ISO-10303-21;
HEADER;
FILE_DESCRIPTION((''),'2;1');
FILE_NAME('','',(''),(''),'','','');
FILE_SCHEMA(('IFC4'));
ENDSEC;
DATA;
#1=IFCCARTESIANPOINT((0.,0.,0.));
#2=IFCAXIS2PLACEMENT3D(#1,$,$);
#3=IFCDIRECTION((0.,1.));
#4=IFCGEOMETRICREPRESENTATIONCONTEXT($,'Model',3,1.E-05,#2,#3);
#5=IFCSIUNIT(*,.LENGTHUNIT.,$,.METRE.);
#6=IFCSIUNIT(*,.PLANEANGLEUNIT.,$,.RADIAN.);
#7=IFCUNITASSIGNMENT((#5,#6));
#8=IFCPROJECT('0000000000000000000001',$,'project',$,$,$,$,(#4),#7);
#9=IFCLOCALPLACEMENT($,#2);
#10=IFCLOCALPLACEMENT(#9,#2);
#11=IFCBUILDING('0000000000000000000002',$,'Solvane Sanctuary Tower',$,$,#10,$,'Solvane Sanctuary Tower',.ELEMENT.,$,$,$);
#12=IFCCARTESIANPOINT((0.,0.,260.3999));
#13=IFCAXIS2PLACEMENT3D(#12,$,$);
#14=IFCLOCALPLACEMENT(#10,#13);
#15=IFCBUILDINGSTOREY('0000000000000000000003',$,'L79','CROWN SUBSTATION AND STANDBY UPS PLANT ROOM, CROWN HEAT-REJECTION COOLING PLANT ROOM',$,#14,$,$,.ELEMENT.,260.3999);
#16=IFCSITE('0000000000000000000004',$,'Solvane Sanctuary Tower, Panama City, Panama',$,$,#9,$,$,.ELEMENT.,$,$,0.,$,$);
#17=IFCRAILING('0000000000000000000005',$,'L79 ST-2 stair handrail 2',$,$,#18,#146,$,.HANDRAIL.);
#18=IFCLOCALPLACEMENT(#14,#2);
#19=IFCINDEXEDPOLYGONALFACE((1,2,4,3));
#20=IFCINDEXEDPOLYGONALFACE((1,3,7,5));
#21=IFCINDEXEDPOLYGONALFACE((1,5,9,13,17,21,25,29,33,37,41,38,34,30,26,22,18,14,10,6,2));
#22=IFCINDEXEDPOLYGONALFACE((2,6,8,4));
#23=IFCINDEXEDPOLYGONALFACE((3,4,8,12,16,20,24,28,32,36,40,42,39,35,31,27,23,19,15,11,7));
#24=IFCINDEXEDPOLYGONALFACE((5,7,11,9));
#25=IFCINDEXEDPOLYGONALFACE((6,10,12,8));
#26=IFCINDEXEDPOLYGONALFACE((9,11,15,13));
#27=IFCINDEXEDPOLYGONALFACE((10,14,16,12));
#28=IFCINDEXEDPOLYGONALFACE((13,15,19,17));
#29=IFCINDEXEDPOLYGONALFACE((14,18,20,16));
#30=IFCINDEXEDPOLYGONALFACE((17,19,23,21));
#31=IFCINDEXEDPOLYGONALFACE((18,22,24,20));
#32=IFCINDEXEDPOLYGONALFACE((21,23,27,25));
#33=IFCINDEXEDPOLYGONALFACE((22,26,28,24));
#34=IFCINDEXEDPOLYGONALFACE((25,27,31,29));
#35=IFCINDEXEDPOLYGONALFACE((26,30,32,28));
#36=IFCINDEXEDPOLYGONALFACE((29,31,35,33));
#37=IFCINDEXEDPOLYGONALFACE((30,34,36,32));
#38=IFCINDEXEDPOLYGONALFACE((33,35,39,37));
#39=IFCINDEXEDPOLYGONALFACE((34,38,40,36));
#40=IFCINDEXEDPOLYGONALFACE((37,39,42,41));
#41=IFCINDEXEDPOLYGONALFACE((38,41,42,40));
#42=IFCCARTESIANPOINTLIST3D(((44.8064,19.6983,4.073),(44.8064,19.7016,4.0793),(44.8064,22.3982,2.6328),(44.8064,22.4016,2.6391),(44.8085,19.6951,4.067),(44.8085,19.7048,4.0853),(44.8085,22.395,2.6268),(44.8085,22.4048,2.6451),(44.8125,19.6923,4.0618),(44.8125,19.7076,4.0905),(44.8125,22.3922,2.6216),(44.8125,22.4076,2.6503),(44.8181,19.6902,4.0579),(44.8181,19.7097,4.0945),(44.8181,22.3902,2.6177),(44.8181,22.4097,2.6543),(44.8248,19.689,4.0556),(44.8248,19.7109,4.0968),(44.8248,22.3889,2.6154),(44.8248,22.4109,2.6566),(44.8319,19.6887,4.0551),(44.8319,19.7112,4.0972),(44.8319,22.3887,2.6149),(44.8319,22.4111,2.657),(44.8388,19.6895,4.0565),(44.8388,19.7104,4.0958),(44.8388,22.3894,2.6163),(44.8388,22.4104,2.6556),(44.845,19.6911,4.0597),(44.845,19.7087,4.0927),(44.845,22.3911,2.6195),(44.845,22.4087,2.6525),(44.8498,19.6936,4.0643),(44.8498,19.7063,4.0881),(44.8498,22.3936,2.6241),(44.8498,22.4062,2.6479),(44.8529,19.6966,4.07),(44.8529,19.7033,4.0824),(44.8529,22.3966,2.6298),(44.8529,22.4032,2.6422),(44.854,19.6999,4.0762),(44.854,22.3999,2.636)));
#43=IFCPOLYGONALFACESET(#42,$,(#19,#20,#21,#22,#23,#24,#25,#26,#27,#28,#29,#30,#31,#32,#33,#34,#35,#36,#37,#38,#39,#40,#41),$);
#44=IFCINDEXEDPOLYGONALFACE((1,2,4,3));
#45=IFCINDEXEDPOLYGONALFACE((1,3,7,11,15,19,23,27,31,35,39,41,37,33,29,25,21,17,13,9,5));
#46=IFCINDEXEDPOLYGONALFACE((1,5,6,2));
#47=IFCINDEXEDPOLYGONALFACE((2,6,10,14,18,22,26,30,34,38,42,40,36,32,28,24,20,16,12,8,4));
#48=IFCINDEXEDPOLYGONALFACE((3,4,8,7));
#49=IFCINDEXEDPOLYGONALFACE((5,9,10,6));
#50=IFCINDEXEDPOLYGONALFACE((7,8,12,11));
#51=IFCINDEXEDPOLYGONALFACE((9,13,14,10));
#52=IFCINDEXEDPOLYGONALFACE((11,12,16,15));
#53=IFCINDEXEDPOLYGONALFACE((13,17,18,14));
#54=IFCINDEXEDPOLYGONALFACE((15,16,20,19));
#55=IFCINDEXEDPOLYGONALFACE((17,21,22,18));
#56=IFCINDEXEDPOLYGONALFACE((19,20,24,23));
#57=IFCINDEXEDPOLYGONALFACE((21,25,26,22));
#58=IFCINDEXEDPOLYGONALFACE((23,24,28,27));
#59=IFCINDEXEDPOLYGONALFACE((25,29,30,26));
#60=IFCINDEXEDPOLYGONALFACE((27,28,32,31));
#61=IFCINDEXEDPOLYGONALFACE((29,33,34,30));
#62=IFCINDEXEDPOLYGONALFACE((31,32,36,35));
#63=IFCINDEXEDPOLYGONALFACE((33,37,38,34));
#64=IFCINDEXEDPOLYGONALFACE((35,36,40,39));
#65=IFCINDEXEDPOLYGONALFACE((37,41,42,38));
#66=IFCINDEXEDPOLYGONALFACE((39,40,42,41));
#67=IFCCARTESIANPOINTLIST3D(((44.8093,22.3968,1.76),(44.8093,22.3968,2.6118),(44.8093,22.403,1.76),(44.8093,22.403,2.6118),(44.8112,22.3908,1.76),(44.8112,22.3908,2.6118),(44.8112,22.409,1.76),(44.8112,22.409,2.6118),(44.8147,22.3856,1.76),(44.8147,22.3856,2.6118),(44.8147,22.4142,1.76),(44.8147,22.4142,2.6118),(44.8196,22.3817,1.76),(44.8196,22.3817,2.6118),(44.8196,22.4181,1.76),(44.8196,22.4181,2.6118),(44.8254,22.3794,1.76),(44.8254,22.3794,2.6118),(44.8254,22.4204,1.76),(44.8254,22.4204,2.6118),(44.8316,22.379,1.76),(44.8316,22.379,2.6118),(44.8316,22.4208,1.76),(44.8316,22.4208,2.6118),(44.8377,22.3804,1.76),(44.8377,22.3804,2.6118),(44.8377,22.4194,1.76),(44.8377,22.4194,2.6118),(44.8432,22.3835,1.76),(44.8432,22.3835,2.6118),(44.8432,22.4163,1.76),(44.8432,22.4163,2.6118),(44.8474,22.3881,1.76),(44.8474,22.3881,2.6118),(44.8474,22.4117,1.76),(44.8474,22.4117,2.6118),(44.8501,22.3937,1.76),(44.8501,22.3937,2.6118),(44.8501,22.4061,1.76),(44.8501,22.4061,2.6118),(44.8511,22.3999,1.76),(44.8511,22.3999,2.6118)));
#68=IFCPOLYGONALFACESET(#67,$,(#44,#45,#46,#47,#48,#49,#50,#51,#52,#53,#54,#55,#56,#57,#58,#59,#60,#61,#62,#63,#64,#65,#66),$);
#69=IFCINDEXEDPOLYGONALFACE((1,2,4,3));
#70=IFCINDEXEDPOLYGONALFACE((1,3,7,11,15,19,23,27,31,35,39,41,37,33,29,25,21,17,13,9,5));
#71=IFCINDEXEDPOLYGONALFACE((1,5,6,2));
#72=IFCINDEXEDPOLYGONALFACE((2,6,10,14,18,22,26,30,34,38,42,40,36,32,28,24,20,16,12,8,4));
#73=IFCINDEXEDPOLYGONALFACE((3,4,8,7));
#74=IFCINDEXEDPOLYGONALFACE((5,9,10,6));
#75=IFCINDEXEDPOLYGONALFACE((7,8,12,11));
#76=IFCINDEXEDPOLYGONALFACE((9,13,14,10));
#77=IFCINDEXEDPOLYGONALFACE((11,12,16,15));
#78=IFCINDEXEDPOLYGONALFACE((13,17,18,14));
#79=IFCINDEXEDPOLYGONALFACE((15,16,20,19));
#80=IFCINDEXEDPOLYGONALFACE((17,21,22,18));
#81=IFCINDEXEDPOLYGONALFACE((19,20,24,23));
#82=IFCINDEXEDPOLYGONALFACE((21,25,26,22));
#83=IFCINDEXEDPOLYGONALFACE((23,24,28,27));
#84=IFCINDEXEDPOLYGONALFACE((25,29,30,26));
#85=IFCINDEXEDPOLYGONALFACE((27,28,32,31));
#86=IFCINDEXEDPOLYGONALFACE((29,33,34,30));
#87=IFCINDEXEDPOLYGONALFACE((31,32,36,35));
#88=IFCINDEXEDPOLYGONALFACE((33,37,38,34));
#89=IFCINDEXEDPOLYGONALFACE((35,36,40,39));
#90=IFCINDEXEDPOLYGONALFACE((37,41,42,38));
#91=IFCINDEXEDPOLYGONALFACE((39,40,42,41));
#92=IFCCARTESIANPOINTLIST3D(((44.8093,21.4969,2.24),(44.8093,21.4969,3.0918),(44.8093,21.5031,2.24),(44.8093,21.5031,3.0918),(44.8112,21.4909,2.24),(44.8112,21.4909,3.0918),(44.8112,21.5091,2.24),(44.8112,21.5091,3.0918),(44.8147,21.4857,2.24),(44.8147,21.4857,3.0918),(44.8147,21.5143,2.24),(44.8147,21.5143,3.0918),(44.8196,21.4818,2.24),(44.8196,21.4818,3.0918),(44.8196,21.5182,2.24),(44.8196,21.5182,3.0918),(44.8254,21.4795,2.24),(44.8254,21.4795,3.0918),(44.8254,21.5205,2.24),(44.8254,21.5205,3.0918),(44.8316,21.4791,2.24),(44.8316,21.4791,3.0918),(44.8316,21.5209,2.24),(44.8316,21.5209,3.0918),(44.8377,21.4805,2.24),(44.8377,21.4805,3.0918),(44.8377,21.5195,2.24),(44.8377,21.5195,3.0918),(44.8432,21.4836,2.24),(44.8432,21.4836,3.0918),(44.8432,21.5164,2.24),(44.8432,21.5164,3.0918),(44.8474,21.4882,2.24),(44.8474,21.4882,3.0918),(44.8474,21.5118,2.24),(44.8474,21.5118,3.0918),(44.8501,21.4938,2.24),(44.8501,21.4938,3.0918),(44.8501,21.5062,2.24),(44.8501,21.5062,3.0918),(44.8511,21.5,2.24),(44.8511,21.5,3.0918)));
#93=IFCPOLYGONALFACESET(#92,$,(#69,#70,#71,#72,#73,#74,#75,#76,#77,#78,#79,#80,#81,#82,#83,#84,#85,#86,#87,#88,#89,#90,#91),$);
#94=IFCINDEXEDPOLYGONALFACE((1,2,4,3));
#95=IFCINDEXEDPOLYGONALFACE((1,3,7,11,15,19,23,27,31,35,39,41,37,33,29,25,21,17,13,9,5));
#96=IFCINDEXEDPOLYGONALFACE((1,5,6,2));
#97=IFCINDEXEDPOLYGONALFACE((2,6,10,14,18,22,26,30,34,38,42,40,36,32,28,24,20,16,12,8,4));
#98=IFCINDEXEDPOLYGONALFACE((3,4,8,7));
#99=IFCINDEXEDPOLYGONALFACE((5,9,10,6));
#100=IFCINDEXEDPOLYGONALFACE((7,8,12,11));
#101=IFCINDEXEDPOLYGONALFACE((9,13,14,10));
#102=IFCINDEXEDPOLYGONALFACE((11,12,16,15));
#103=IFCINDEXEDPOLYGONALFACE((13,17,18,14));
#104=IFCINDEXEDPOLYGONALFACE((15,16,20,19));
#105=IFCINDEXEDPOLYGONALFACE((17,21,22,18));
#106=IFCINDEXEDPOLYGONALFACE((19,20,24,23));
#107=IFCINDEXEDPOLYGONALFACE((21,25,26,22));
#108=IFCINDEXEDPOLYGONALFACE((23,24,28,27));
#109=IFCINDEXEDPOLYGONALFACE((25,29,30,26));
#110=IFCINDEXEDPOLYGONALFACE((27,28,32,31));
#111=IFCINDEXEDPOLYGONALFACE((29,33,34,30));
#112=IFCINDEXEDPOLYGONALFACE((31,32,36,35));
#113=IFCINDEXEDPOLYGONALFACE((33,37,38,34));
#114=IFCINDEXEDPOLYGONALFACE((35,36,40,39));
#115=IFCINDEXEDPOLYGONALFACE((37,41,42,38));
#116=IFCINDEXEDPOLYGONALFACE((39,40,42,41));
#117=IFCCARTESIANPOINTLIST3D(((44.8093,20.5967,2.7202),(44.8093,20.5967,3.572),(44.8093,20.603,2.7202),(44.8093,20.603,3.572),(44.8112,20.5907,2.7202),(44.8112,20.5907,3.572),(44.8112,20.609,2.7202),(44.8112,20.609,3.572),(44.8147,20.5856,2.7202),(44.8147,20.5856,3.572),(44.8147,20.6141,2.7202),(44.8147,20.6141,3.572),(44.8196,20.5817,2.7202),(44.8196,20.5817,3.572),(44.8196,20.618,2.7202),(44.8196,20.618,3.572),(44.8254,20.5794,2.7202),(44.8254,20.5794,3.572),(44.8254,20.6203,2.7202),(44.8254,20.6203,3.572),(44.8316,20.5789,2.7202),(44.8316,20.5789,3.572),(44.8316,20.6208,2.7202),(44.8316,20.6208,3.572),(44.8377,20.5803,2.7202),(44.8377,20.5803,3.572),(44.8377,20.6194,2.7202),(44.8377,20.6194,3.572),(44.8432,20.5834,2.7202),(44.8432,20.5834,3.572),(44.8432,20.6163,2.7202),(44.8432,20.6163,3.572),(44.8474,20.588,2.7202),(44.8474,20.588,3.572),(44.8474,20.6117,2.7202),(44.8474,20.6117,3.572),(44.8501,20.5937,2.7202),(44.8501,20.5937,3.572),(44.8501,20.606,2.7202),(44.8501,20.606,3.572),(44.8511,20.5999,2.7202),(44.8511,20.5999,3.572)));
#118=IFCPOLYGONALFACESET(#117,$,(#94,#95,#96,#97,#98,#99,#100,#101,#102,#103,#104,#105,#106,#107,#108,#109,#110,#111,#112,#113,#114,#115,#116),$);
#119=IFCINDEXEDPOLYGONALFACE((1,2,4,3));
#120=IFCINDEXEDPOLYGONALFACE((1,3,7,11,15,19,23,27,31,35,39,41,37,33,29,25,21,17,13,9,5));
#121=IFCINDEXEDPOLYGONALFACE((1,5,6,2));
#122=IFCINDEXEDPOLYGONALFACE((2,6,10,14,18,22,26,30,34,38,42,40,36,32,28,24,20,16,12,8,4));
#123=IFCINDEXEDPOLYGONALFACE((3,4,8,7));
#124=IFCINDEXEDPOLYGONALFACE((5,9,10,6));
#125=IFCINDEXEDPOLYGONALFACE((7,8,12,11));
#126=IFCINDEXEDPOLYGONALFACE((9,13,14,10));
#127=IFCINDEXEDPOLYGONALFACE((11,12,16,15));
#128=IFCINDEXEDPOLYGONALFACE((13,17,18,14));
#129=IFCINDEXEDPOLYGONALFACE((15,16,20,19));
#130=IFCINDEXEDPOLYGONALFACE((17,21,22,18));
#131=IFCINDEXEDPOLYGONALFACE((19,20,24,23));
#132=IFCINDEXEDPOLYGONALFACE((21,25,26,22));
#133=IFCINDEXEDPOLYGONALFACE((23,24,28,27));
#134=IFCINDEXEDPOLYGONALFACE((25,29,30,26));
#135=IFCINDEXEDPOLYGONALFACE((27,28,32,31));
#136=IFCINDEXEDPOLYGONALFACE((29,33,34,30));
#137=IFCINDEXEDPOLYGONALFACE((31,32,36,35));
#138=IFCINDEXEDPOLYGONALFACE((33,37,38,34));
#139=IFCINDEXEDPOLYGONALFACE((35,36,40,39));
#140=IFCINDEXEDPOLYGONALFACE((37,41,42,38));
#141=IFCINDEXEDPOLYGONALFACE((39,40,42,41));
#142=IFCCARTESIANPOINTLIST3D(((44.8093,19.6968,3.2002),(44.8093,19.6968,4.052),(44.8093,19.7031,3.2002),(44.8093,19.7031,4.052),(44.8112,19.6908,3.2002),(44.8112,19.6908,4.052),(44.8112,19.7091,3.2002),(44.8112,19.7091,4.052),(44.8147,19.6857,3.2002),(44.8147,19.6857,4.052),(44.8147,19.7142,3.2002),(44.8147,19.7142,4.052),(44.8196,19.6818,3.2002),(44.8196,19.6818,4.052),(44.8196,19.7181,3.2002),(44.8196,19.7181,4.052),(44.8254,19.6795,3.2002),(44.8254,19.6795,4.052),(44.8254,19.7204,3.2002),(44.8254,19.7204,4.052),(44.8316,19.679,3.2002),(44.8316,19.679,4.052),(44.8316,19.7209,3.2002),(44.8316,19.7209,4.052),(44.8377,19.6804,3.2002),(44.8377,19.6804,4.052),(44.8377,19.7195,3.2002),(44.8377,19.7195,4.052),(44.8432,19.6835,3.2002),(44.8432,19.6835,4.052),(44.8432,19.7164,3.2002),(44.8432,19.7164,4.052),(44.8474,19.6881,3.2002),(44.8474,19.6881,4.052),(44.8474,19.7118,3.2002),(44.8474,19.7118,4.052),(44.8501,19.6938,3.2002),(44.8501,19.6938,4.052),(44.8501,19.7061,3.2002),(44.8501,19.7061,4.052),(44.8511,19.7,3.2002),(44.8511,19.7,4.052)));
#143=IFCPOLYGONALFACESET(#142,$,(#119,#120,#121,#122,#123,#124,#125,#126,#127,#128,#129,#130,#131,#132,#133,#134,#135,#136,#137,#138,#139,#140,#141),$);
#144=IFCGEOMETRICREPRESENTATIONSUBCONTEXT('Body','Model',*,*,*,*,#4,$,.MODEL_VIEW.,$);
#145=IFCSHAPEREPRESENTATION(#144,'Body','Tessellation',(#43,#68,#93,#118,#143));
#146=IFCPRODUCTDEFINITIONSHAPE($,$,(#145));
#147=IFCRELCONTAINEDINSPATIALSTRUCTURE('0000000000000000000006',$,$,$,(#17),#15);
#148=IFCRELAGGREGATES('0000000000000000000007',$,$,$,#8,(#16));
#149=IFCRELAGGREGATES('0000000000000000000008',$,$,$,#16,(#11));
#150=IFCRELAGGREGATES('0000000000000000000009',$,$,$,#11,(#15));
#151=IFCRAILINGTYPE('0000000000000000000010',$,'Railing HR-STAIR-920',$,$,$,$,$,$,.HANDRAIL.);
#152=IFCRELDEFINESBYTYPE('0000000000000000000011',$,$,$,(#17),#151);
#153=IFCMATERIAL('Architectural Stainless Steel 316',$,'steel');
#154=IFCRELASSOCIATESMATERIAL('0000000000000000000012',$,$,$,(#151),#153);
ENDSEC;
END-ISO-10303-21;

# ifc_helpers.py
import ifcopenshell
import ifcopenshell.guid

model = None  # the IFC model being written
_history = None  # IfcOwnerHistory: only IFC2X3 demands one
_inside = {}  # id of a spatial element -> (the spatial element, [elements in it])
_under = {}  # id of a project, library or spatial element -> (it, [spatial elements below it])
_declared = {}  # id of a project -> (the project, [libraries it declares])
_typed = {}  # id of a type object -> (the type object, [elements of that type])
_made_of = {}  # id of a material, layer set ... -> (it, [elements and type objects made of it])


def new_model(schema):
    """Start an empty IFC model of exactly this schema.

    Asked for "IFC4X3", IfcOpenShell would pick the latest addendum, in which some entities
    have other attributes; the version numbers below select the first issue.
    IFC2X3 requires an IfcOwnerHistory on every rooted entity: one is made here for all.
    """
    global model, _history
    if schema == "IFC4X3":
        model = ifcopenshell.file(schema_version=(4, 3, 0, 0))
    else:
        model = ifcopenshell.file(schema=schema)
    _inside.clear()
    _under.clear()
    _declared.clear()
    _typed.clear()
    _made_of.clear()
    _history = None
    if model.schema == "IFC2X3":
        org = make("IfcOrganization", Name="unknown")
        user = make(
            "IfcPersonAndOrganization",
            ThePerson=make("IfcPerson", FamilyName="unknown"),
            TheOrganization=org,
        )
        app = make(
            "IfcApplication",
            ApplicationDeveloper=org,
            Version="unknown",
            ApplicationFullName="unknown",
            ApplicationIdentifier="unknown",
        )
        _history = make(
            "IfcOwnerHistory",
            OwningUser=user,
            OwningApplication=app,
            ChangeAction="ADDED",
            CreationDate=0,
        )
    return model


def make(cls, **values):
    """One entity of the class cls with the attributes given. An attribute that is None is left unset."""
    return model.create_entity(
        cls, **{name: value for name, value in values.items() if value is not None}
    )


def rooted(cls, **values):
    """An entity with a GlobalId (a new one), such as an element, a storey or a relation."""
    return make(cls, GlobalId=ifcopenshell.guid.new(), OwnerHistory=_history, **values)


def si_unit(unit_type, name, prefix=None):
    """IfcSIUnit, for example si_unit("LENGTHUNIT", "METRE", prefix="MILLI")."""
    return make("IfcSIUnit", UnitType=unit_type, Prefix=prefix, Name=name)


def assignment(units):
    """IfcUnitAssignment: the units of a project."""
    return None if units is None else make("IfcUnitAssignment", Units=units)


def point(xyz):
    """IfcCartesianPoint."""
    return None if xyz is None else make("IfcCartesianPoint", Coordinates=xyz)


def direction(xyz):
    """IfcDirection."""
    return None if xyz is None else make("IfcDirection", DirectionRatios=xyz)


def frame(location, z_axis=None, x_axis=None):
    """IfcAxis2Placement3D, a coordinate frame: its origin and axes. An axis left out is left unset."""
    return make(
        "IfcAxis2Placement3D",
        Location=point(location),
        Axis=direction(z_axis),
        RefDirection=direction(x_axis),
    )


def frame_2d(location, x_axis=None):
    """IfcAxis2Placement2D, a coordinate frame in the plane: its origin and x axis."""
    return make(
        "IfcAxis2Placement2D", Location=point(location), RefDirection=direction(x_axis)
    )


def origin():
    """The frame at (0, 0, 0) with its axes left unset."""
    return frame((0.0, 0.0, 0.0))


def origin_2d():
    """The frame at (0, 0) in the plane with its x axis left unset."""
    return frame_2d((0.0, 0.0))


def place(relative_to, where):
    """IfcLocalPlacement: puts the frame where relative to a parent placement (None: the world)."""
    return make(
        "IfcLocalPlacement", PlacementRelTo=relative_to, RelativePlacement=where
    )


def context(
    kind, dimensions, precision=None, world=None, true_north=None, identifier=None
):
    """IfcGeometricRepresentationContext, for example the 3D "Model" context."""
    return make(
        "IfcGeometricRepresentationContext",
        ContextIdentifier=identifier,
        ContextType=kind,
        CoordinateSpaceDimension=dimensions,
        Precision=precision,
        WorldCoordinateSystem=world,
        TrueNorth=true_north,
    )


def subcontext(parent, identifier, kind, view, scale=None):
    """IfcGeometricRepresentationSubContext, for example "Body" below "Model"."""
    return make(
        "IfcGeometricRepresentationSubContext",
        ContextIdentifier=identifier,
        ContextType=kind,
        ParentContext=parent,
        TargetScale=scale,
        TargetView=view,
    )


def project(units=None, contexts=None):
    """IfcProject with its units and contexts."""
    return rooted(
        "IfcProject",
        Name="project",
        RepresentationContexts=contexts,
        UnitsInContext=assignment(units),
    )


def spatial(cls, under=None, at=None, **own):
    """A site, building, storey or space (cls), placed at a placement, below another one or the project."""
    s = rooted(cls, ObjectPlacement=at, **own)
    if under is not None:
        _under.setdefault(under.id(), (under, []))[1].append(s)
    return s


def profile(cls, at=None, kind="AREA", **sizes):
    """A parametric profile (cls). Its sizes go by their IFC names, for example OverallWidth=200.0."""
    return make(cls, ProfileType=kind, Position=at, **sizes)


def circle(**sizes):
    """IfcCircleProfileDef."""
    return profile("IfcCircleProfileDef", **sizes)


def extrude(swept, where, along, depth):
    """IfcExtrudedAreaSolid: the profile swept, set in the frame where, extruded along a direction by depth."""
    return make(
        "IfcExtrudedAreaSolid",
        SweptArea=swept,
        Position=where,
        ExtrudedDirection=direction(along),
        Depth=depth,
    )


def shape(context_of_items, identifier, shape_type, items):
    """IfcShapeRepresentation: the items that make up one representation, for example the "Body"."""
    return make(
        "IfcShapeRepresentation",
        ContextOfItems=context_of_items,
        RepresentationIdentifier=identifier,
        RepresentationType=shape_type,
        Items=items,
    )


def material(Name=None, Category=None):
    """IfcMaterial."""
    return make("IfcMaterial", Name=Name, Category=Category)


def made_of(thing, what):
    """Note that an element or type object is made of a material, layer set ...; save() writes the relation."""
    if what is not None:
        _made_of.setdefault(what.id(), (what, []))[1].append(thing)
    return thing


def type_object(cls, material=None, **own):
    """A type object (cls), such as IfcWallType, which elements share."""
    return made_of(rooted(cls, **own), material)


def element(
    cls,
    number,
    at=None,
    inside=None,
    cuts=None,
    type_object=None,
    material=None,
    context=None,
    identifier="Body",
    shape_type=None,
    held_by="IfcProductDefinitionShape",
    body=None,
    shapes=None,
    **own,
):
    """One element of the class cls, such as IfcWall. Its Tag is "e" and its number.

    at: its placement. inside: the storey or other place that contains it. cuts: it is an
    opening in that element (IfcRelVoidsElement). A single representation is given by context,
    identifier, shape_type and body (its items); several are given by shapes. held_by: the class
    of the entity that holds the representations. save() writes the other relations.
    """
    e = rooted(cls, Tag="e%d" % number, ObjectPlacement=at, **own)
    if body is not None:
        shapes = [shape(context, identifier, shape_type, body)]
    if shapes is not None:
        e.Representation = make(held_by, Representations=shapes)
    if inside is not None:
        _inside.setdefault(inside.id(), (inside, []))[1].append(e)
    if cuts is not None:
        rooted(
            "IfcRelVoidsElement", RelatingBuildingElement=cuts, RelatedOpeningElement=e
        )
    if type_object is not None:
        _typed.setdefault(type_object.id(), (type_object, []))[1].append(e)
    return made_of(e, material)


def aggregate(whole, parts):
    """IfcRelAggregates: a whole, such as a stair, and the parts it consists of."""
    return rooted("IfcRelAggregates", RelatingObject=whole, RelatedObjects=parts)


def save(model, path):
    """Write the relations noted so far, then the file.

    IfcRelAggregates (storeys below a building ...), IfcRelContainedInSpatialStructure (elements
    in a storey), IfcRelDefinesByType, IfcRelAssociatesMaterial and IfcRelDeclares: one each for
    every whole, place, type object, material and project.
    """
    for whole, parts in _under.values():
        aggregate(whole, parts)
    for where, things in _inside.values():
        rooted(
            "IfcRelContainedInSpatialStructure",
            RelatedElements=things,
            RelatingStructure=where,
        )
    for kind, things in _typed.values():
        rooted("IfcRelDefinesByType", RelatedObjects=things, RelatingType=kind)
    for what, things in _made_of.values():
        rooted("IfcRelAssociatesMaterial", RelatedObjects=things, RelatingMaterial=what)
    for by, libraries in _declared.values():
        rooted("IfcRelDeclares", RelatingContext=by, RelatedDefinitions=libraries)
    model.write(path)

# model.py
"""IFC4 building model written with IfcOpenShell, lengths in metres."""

from ifc_helpers import new_model, si_unit, direction, frame, origin, origin_2d, place, context, subcontext, project, spatial, circle, extrude, material, type_object, element, save


model = new_model("IFC4")

# Units and contexts
model_context = context("Model", 3, precision=1e-05, world=origin(), true_north=direction((0.0, 1.0)))
body_context = subcontext(model_context, "Body", "Model", "MODEL_VIEW")
ifc_project = project(units=[si_unit("LENGTHUNIT", "METRE"), si_unit("PLANEANGLEUNIT", "RADIAN")], contexts=[model_context])

# Site, building, storey
site_placement = place(None, origin())
site = spatial("IfcSite", under=ifc_project, at=site_placement, Name="Solvane Sanctuary Tower, Panama City, Panama", CompositionType="ELEMENT", RefElevation=0.0)
building_placement = place(site_placement, origin())
building = spatial("IfcBuilding", under=site, at=building_placement, Name="Solvane Sanctuary Tower", LongName="Solvane Sanctuary Tower", CompositionType="ELEMENT")
storey_placement = place(building_placement, frame((0.0, 0.0, 260.3999)))
storey = spatial("IfcBuildingStorey", under=building, at=storey_placement, Name="L79", Description="CROWN SUBSTATION AND STANDBY UPS PLANT ROOM, CROWN HEAT-REJECTION COOLING PLANT ROOM", CompositionType="ELEMENT", Elevation=260.3999)

# Shared definitions
ifc_material_1 = material(Name="Architectural Stainless Steel 316", Category="steel")

# Railing
railing_type_1 = type_object("IfcRailingType", Name="Railing HR-STAIR-920", PredefinedType="HANDRAIL", material=ifc_material_1)
railing_1_placement = place(storey_placement, frame((44.8301, 22.3999, 1.76)))
element("IfcRailing", 1, at=railing_1_placement, inside=storey, type_object=railing_type_1, Name="L79 ST-2 stair handrail 2", PredefinedType="HANDRAIL", context=body_context, shape_type="SweptSolid", body=[
    extrude(circle(Radius=0.0239, at=origin_2d()), frame((0.0, 0.0, 0.876), z_axis=(0.0, -0.882324, 0.470642), x_axis=(1.0, 0.0, 0.0)), (0.0, 0.0, 1.0), 3.0601),
    extrude(circle(Radius=0.021, at=origin_2d()), origin(), (0.0, 0.0, 1.0), 0.8518),
    extrude(circle(Radius=0.021, at=origin_2d()), frame((0.0, -0.8999, 0.48)), (0.0, 0.0, 1.0), 0.8518),
    extrude(circle(Radius=0.021, at=origin_2d()), frame((0.0, -1.8, 0.9602)), (0.0, 0.0, 1.0), 0.8518),
    extrude(circle(Radius=0.021, at=origin_2d()), frame((0.0, -2.7, 1.4402)), (0.0, 0.0, 1.0), 0.8518),
])

save(model, "model.ifc")
